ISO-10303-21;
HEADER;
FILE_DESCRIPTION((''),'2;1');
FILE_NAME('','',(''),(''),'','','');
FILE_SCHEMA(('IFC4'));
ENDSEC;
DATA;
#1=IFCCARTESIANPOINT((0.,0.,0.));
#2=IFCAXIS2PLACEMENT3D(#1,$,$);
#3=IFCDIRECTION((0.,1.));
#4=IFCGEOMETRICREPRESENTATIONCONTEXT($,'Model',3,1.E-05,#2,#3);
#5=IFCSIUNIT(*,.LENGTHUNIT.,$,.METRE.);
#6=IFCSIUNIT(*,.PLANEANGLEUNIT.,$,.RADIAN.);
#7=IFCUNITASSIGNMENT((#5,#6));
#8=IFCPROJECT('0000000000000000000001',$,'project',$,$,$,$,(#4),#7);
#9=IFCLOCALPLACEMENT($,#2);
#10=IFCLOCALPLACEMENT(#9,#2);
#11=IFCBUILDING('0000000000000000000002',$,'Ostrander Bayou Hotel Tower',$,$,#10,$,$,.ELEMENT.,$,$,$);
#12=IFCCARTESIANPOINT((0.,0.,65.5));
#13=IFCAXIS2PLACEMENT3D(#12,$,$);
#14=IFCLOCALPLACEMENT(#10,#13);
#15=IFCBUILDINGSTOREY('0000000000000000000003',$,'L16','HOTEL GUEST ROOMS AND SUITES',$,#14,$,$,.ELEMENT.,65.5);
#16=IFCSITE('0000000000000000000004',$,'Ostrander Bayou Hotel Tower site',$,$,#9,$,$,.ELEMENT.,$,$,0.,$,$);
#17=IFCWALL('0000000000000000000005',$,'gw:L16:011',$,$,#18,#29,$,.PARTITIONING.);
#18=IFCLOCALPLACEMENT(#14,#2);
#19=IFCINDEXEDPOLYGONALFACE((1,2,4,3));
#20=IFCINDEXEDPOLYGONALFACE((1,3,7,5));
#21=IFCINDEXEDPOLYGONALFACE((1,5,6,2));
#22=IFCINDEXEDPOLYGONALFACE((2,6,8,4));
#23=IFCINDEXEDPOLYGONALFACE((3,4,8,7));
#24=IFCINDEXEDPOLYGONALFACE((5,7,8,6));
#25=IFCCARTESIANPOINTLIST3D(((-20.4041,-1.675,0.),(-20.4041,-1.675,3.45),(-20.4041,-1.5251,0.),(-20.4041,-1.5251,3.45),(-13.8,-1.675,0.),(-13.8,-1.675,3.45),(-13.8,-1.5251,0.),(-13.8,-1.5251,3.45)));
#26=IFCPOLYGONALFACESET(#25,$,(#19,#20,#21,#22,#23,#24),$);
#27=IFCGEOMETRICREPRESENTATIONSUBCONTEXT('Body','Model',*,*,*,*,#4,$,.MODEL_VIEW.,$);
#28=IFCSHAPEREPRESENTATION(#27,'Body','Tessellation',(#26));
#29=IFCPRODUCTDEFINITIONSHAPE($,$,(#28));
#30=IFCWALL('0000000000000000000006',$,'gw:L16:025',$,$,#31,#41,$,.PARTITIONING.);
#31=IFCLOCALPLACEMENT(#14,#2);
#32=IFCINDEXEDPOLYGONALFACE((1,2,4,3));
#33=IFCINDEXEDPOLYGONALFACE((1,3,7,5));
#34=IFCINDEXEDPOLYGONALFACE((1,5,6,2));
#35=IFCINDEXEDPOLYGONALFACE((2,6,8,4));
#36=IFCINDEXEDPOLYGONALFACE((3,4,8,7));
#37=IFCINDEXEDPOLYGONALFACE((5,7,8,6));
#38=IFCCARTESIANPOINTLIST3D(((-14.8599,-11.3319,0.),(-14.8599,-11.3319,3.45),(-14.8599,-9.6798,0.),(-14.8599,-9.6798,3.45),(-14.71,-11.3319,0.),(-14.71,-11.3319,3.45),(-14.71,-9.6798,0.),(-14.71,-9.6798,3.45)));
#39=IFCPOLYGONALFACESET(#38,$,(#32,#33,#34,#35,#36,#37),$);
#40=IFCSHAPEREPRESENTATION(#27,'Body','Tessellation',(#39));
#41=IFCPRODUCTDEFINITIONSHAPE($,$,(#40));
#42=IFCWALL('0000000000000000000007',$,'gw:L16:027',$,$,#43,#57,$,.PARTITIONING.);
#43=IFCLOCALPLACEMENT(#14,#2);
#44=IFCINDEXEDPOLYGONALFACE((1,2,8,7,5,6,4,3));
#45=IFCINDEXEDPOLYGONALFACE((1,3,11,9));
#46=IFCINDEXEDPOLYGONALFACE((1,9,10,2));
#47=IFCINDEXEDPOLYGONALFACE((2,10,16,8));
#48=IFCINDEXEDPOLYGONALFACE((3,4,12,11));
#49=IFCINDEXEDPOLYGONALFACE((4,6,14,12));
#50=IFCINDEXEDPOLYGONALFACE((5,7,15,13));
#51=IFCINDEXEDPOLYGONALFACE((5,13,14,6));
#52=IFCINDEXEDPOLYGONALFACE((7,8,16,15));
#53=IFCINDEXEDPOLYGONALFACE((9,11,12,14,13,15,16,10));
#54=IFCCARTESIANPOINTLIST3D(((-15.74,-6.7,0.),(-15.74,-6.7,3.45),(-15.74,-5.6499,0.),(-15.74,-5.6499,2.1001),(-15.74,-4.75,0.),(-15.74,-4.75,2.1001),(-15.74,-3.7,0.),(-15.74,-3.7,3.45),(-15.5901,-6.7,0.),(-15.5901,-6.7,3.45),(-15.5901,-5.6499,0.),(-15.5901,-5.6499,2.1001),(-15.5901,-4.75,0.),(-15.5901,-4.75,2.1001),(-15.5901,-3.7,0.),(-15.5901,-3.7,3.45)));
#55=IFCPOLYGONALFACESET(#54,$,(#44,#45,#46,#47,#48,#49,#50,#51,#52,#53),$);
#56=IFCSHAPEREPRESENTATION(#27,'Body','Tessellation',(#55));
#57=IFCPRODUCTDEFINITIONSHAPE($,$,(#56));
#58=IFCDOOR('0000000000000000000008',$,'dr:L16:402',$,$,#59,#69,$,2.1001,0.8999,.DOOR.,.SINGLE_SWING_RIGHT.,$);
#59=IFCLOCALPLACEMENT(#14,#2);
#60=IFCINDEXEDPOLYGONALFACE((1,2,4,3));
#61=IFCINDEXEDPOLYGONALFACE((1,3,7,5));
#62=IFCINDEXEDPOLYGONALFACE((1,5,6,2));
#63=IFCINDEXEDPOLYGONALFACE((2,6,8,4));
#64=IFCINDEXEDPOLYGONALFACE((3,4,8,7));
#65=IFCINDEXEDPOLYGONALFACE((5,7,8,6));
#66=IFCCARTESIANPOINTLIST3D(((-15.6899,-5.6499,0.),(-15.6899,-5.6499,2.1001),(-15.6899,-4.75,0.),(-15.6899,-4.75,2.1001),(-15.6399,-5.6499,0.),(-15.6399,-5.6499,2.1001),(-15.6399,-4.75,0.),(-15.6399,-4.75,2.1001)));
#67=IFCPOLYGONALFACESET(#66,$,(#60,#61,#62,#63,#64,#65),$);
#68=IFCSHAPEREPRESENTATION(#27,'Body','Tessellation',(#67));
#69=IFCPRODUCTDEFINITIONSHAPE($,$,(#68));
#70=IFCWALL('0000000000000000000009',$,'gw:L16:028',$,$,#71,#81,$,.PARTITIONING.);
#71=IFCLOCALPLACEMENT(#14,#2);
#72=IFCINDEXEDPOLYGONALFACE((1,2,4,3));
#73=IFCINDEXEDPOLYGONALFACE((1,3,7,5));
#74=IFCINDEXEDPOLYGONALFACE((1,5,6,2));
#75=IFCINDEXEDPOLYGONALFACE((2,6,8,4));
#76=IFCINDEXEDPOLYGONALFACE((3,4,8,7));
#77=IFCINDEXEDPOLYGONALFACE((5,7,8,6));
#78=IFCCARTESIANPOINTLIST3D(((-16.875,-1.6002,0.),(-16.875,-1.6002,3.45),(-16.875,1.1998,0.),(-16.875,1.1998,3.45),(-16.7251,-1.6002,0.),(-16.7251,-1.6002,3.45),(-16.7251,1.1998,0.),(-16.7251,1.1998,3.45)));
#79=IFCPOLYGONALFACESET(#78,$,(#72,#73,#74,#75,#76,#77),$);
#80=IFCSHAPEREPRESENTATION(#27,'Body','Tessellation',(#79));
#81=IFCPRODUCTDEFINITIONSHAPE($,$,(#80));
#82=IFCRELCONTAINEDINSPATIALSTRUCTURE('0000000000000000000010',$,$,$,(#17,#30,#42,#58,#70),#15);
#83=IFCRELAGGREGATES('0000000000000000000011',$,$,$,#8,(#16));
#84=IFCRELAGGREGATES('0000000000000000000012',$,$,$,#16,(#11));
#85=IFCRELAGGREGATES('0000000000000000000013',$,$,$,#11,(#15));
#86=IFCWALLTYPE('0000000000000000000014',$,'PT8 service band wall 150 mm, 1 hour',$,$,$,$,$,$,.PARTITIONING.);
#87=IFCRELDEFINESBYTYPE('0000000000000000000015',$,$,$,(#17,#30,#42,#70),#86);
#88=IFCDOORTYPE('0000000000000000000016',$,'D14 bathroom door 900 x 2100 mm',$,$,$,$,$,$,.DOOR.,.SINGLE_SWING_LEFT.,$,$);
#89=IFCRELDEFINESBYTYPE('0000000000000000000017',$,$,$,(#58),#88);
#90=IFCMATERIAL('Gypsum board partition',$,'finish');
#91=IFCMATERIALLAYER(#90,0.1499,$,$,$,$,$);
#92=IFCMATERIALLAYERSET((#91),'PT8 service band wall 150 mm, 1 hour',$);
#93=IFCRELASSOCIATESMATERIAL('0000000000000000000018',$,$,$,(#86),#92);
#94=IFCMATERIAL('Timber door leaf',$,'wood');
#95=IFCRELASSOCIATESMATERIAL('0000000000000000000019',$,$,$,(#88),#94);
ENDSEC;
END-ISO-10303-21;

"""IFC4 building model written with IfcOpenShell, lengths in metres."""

from ifc_helpers import new_model, si_unit, direction, frame, frame_2d, origin, place, context, subcontext, project, spatial, rectangle, extrude, material, layer, layer_set, type_object, element, fill, save


model = new_model("IFC4")

# Units and contexts
model_context = context("Model", 3, precision=1e-05, world=origin(), true_north=direction((0.0, 1.0)))
body_context = subcontext(model_context, "Body", "Model", "MODEL_VIEW")
ifc_project = project(units=[si_unit("LENGTHUNIT", "METRE"), si_unit("PLANEANGLEUNIT", "RADIAN")], contexts=[model_context])

# Site, building, storey
site_placement = place(None, origin())
site = spatial("IfcSite", under=ifc_project, at=site_placement, Name="Ostrander Bayou Hotel Tower site", CompositionType="ELEMENT", RefElevation=0.0)
building_placement = place(site_placement, origin())
building = spatial("IfcBuilding", under=site, at=building_placement, Name="Ostrander Bayou Hotel Tower", CompositionType="ELEMENT")
storey_placement = place(building_placement, frame((0.0, 0.0, 65.5)))
storey = spatial("IfcBuildingStorey", under=building, at=storey_placement, Name="L16", Description="HOTEL GUEST ROOMS AND SUITES", CompositionType="ELEMENT", Elevation=65.5)

# Shared definitions
ifc_material_1 = material(Name="Gypsum board partition", Category="finish")
ifc_layer_1 = layer(ifc_material_1, 0.1499)
ifc_layer_set_1 = layer_set([ifc_layer_1], Name="PT8 service band wall 150 mm, 1 hour")
wall_type_1 = type_object("IfcWallType", Name="PT8 service band wall 150 mm, 1 hour", PredefinedType="PARTITIONING", material=ifc_layer_set_1)

# Walls
wall_1_placement = place(storey_placement, frame((-20.4041, -1.6001, 0.0), z_axis=(0.0, 0.0, 1.0), x_axis=(1.0, 0.0, 0.0)))
element("IfcWall", 1, at=wall_1_placement, inside=storey, type_object=wall_type_1, Name="gw:L16:011", PredefinedType="PARTITIONING", context=body_context, shape_type="SweptSolid", body=[
    extrude(rectangle(XDim=6.604, YDim=0.1499, at=frame_2d((3.302, 0.0))), origin(), (0.0, 0.0, 1.0), 3.45),
])
wall_2_placement = place(storey_placement, frame((-14.7849, -11.332, 0.0), z_axis=(0.0, 0.0, 1.0), x_axis=(0.0, 1.0, 0.0)))
element("IfcWall", 2, at=wall_2_placement, inside=storey, type_object=wall_type_1, Name="gw:L16:025", PredefinedType="PARTITIONING", context=body_context, shape_type="SweptSolid", body=[
    extrude(rectangle(XDim=1.6521, YDim=0.1499, at=frame_2d((0.8262, 0.0))), origin(), (0.0, 0.0, 1.0), 3.45),
])

# Wall, opening, door
wall_3_placement = place(storey_placement, frame((-15.665, -6.7, 0.0), z_axis=(0.0, 0.0, 1.0), x_axis=(0.0, 1.0, 0.0)))
wall_3 = element("IfcWall", 3, at=wall_3_placement, inside=storey, type_object=wall_type_1, Name="gw:L16:027", PredefinedType="PARTITIONING", context=body_context, shape_type="SweptSolid", body=[
    extrude(rectangle(XDim=3.0, YDim=0.1499, at=frame_2d((1.5, 0.0))), origin(), (0.0, 0.0, 1.0), 3.45),
])
opening_1_placement = place(wall_3_placement, frame((1.05, 0.0, 0.0)))
opening_1 = element("IfcOpeningElement", 4, at=opening_1_placement, cuts=wall_3, PredefinedType="OPENING", context=body_context, shape_type="SweptSolid", body=[
    extrude(rectangle(XDim=0.8999, YDim=2.1001, at=frame_2d((0.45, 1.05))), frame((0.0, 0.075, 0.0), z_axis=(0.0, -1.0, 0.0), x_axis=(1.0, 0.0, 0.0)), (0.0, 0.0, 1.0), 0.1499),
])
ifc_material_2 = material(Name="Timber door leaf", Category="wood")
door_type_1 = type_object("IfcDoorType", Name="D14 bathroom door 900 x 2100 mm", OperationType="SINGLE_SWING_LEFT", PredefinedType="DOOR", material=ifc_material_2)
door_1_placement = place(opening_1_placement, origin())
door_1 = element("IfcDoor", 5, at=door_1_placement, inside=storey, type_object=door_type_1, Name="dr:L16:402", OperationType="SINGLE_SWING_RIGHT", OverallHeight=2.1001, OverallWidth=0.8999, PredefinedType="DOOR", context=body_context, shape_type="SweptSolid", body=[
    extrude(rectangle(XDim=0.8999, YDim=2.1001, at=frame_2d((0.45, 1.05))), frame((0.0, 0.0249, 0.0), z_axis=(0.0, -1.0, 0.0), x_axis=(1.0, 0.0, 0.0)), (0.0, 0.0, 1.0), 0.05),
])
fill(opening_1, door_1)

# Wall
wall_4_placement = place(storey_placement, frame((-16.8, -1.6001, 0.0), z_axis=(0.0, 0.0, 1.0), x_axis=(0.0, 1.0, 0.0)))
element("IfcWall", 6, at=wall_4_placement, inside=storey, type_object=wall_type_1, Name="gw:L16:028", PredefinedType="PARTITIONING", context=body_context, shape_type="SweptSolid", body=[
    extrude(rectangle(XDim=2.8, YDim=0.1499, at=frame_2d((1.3999, 0.0))), origin(), (0.0, 0.0, 1.0), 3.45),
])

save(model, "model.ifc")
